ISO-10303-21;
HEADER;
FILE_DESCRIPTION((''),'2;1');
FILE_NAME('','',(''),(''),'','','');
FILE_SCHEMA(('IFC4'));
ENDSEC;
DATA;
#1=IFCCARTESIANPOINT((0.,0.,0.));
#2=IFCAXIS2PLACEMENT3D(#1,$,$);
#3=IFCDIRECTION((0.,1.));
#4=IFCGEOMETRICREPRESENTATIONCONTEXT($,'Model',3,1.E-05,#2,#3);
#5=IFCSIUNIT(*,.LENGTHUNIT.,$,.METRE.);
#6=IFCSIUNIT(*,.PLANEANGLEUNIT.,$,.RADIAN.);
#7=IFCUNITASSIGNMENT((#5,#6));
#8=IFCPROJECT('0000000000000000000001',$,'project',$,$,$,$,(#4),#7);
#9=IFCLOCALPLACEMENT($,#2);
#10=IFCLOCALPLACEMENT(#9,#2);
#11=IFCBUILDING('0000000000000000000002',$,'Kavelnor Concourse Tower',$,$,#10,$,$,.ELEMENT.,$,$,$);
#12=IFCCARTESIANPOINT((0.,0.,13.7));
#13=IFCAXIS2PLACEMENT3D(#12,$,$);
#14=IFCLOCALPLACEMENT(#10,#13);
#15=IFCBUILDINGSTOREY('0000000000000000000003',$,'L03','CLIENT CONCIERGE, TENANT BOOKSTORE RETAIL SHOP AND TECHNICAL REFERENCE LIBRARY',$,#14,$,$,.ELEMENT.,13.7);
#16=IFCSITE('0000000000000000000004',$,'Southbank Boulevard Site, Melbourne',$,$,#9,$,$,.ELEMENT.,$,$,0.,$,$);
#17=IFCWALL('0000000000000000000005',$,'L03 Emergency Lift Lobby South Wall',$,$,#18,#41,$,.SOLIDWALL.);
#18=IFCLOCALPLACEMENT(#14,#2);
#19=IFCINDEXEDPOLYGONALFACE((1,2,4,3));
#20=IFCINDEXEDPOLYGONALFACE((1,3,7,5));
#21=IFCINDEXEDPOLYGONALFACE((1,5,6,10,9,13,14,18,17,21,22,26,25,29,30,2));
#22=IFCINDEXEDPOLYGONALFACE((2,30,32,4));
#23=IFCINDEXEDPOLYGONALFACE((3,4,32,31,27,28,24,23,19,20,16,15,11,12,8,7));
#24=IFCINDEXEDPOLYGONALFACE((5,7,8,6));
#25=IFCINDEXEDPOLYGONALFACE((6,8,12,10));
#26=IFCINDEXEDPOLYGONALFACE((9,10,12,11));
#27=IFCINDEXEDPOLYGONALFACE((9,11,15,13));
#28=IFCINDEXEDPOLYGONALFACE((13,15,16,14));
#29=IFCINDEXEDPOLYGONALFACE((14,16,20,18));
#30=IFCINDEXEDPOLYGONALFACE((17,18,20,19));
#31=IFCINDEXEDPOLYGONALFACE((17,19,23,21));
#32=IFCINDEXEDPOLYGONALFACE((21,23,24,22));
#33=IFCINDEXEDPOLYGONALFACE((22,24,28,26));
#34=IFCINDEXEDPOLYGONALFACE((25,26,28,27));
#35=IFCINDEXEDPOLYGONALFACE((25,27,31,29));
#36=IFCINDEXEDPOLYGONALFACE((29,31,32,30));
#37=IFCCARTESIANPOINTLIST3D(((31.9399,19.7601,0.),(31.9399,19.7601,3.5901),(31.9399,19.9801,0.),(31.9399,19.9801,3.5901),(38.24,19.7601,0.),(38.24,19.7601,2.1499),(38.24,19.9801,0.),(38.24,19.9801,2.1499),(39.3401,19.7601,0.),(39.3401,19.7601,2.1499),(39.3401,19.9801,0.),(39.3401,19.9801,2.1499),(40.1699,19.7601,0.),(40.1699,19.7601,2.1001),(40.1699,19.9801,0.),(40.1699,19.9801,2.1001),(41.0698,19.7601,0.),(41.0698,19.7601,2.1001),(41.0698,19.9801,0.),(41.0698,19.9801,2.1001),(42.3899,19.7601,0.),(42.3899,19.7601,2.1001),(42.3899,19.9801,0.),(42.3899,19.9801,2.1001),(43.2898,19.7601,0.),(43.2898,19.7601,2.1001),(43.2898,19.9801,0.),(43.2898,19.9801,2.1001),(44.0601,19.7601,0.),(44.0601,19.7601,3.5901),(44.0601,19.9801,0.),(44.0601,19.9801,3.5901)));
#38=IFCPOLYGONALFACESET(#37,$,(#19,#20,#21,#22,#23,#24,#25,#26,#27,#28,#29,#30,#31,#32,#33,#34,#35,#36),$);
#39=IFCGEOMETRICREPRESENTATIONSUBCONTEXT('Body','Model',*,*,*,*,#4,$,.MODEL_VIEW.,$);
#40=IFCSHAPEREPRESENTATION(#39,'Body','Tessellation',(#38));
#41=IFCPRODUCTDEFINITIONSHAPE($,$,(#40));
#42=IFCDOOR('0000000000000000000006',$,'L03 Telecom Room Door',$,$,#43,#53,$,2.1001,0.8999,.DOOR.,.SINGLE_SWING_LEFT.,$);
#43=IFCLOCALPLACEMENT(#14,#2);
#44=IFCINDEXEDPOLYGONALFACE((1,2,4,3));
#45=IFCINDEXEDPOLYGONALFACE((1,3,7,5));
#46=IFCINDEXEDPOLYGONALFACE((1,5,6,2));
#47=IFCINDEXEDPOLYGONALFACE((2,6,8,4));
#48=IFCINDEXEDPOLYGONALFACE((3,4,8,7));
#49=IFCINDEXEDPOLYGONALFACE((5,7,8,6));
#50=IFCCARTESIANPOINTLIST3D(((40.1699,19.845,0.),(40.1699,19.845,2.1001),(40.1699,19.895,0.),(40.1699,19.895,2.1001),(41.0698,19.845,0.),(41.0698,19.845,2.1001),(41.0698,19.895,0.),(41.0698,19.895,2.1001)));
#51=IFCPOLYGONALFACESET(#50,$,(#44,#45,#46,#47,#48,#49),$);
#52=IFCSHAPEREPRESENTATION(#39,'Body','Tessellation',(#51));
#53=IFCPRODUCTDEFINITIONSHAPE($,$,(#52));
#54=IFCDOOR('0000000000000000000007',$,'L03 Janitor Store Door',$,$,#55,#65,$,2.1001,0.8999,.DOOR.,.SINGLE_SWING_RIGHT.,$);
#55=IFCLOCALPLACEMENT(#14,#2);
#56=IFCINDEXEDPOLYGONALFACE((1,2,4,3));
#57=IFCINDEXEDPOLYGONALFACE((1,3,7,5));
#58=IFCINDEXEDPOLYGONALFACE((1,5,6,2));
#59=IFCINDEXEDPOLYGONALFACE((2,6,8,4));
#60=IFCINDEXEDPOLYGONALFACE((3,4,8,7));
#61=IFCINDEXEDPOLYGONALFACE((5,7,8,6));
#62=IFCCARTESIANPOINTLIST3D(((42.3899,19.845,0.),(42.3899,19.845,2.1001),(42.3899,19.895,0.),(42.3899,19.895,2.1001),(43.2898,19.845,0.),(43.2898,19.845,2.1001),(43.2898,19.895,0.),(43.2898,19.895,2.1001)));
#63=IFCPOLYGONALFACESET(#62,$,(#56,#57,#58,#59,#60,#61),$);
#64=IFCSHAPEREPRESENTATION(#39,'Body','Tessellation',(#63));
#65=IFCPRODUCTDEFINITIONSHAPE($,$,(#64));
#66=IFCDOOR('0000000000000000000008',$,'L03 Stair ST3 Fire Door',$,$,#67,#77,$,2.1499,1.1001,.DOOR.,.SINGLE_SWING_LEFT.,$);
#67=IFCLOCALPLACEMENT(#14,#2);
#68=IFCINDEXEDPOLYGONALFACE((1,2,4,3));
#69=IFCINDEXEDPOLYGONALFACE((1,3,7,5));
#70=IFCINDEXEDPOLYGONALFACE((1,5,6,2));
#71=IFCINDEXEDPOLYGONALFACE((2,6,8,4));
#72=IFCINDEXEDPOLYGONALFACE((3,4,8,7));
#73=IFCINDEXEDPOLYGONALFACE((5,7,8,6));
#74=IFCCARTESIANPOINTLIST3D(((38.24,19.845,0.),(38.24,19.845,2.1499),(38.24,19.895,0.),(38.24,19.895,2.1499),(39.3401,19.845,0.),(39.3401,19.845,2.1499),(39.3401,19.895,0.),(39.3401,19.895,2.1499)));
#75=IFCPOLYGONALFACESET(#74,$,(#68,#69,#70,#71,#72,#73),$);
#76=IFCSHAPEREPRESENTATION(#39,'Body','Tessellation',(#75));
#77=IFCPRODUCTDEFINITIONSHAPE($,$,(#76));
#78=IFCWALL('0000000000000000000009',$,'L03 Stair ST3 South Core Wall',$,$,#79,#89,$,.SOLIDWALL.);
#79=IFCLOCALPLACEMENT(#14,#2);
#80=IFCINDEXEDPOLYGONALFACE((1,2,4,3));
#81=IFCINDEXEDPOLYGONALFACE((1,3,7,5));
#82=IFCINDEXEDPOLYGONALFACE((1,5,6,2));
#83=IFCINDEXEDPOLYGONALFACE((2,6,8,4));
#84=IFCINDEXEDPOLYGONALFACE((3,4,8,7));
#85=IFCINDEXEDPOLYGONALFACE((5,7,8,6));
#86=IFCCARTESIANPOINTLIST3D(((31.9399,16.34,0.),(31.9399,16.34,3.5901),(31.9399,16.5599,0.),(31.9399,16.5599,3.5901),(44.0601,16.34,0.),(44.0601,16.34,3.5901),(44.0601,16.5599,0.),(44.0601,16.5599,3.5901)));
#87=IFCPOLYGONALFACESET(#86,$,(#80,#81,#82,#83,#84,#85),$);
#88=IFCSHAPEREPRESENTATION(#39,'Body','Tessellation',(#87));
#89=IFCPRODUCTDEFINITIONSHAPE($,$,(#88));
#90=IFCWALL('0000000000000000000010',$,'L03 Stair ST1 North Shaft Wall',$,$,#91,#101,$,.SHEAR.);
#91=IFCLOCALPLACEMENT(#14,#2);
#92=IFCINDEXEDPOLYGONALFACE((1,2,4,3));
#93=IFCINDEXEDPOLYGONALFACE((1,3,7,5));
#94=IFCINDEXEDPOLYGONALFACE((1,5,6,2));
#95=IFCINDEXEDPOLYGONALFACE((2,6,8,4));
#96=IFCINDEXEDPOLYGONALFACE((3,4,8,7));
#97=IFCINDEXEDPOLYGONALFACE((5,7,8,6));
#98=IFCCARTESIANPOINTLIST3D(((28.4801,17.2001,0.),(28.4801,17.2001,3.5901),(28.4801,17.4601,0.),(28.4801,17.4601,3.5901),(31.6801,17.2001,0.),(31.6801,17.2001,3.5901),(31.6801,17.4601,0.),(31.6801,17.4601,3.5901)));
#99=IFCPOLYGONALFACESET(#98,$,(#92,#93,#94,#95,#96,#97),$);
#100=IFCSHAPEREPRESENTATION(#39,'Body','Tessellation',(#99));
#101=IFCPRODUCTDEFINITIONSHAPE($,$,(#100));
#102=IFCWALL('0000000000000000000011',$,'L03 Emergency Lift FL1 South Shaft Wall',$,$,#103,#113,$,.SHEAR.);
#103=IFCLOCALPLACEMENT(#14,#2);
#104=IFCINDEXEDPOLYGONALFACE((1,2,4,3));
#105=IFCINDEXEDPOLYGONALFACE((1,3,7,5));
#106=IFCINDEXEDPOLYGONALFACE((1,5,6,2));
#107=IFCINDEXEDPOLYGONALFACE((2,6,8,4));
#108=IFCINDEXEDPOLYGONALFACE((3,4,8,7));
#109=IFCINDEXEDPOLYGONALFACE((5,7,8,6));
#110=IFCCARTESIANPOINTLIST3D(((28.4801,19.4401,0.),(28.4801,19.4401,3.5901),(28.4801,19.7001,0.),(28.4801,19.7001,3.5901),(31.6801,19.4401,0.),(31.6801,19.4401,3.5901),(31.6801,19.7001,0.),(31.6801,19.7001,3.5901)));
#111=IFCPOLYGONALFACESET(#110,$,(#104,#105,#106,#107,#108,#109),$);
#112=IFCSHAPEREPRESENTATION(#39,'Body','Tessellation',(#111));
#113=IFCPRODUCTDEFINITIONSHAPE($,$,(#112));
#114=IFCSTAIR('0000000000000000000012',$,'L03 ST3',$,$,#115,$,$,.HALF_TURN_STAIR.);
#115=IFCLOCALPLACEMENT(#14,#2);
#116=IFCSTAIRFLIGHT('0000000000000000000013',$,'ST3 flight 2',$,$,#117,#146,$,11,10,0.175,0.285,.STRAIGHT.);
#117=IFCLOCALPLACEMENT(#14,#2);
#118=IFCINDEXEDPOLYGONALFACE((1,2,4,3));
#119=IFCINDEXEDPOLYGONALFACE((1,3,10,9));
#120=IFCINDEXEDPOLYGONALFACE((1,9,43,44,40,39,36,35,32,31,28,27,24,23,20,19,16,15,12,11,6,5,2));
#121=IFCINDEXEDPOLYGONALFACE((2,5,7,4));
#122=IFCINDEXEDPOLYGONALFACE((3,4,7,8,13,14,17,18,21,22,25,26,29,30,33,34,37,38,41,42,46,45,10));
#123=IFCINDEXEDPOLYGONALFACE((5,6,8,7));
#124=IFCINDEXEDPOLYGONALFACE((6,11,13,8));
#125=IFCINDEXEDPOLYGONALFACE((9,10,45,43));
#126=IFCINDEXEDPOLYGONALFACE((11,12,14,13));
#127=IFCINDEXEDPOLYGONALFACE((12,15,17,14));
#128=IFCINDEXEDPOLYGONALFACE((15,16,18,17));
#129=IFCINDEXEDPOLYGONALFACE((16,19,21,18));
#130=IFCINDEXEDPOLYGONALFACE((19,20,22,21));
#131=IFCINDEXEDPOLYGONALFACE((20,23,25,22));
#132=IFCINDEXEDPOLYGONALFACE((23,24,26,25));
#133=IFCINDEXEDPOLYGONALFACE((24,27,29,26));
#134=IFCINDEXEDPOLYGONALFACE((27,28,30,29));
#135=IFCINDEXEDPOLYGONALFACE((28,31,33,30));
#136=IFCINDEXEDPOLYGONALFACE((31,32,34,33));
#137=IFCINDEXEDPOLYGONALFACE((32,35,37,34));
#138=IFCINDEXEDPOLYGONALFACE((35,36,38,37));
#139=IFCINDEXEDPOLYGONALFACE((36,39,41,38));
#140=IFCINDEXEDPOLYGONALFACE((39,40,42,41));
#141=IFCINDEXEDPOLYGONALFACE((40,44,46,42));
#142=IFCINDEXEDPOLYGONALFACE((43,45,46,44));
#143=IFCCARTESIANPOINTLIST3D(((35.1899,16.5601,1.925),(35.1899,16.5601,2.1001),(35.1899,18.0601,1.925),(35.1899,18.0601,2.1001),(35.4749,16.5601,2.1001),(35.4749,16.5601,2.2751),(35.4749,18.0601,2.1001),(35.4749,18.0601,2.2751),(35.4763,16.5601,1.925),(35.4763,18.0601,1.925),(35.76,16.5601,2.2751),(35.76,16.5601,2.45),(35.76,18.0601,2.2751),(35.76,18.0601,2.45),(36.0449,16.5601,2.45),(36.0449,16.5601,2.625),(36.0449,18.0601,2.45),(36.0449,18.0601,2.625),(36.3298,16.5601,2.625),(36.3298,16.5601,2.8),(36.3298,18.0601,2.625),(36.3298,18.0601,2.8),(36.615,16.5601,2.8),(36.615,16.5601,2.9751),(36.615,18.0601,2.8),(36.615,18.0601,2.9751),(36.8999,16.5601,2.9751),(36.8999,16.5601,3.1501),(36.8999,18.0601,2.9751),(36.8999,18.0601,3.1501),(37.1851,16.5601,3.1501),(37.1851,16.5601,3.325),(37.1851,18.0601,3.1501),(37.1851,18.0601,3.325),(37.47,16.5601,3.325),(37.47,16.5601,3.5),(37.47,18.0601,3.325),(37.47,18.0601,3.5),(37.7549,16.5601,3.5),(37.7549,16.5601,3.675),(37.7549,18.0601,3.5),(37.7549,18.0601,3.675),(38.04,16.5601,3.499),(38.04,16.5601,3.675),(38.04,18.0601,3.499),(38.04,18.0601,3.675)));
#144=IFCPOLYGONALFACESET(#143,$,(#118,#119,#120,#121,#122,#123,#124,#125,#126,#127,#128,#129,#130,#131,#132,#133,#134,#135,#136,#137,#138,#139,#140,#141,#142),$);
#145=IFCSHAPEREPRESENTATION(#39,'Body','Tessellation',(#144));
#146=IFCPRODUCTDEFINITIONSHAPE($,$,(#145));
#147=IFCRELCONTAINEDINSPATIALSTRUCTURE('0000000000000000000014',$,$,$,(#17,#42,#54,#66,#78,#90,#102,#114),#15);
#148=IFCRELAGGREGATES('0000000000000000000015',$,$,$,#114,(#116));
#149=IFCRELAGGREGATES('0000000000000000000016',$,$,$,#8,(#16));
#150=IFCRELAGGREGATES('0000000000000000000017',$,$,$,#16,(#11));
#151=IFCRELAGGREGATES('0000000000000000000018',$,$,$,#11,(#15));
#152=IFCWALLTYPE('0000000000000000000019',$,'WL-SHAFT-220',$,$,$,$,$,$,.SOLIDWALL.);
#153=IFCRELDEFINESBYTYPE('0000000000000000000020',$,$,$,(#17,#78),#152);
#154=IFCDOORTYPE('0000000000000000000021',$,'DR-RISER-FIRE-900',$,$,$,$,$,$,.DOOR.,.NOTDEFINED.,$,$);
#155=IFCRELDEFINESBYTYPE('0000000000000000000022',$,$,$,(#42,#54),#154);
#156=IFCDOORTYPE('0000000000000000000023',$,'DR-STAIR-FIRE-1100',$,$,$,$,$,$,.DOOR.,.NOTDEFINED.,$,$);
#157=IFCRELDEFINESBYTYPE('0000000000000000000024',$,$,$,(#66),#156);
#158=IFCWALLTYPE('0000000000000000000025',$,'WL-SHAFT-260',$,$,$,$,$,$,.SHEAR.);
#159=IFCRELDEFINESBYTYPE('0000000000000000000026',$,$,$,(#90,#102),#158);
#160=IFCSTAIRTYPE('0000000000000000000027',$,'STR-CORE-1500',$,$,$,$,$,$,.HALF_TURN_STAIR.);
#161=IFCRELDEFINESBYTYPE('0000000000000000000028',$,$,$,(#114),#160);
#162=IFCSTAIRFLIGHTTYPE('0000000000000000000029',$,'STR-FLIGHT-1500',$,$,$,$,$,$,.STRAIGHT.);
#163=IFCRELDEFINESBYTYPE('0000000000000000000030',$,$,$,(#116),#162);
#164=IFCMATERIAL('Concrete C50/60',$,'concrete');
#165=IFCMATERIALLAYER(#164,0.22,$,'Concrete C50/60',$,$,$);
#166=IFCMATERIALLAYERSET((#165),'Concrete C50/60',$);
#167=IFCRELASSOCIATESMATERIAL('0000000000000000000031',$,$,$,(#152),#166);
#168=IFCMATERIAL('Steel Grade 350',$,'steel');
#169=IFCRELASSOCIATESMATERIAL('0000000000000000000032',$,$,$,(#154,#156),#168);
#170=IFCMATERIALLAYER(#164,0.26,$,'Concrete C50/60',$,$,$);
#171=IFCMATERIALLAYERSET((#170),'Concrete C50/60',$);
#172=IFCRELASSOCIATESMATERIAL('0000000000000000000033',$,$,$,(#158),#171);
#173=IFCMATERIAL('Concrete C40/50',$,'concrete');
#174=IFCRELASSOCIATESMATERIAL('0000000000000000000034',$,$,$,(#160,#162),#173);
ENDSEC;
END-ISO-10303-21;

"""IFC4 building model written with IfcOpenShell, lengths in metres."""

from ifc_helpers import new_model, si_unit, direction, frame, frame_2d, origin, place, context, subcontext, project, spatial, polyline, rectangle, outline, extrude, material, layer, layer_set, type_object, element, fill, aggregate, save


model = new_model("IFC4")

# Units and contexts
model_context = context("Model", 3, precision=1e-05, world=origin(), true_north=direction((0.0, 1.0)))
body_context = subcontext(model_context, "Body", "Model", "MODEL_VIEW")
ifc_project = project(units=[si_unit("LENGTHUNIT", "METRE"), si_unit("PLANEANGLEUNIT", "RADIAN")], contexts=[model_context])

# Site, building, storey
site_placement = place(None, origin())
site = spatial("IfcSite", under=ifc_project, at=site_placement, Name="Southbank Boulevard Site, Melbourne", CompositionType="ELEMENT", RefElevation=0.0)
building_placement = place(site_placement, origin())
building = spatial("IfcBuilding", under=site, at=building_placement, Name="Kavelnor Concourse Tower", CompositionType="ELEMENT")
storey_placement = place(building_placement, frame((0.0, 0.0, 13.7)))
storey = spatial("IfcBuildingStorey", under=building, at=storey_placement, Name="L03", Description="CLIENT CONCIERGE, TENANT BOOKSTORE RETAIL SHOP AND TECHNICAL REFERENCE LIBRARY", CompositionType="ELEMENT", Elevation=13.7)

# Shared definitions
ifc_material_1 = material(Name="Steel Grade 350", Category="steel")

# Wall, openings, doors
ifc_material_2 = material(Name="Concrete C50/60", Category="concrete")
ifc_layer_1 = layer(ifc_material_2, 0.22, Name="Concrete C50/60")
ifc_layer_set_1 = layer_set([ifc_layer_1], Name="Concrete C50/60")
wall_type_1 = type_object("IfcWallType", Name="WL-SHAFT-220", PredefinedType="SOLIDWALL", material=ifc_layer_set_1)
wall_1_placement = place(storey_placement, frame((31.9399, 19.8701, 0.0), z_axis=(0.0, 0.0, 1.0), x_axis=(1.0, 0.0, 0.0)))
wall_1 = element("IfcWall", 1, at=wall_1_placement, inside=storey, type_object=wall_type_1, Name="L03 Emergency Lift Lobby South Wall", PredefinedType="SOLIDWALL", context=body_context, shape_type="SweptSolid", body=[
    extrude(rectangle(XDim=12.1201, YDim=0.22, at=frame_2d((6.0601, 0.0))), origin(), (0.0, 0.0, 1.0), 3.5901),
])
opening_1_placement = place(wall_1_placement, frame((6.3, 0.0, 0.0)))
opening_1 = element("IfcOpeningElement", 2, at=opening_1_placement, cuts=wall_1, PredefinedType="OPENING", context=body_context, shape_type="SweptSolid", body=[
    extrude(rectangle(XDim=1.1001, YDim=2.1499, at=frame_2d((0.55, 1.075))), frame((0.0, 0.1201, 0.0), z_axis=(0.0, -1.0, 0.0), x_axis=(1.0, 0.0, 0.0)), (0.0, 0.0, 1.0), 0.24),
])
opening_2_placement = place(wall_1_placement, frame((8.23, 0.0, 0.0)))
opening_2 = element("IfcOpeningElement", 3, at=opening_2_placement, cuts=wall_1, PredefinedType="OPENING", context=body_context, shape_type="SweptSolid", body=[
    extrude(rectangle(XDim=0.8999, YDim=2.1001, at=frame_2d((0.45, 1.05))), frame((0.0, 0.1201, 0.0), z_axis=(0.0, -1.0, 0.0), x_axis=(1.0, 0.0, 0.0)), (0.0, 0.0, 1.0), 0.24),
])
opening_3_placement = place(wall_1_placement, frame((10.45, 0.0, 0.0)))
opening_3 = element("IfcOpeningElement", 4, at=opening_3_placement, cuts=wall_1, PredefinedType="OPENING", context=body_context, shape_type="SweptSolid", body=[
    extrude(rectangle(XDim=0.8999, YDim=2.1001, at=frame_2d((0.45, 1.05))), frame((0.0, 0.1201, 0.0), z_axis=(0.0, -1.0, 0.0), x_axis=(1.0, 0.0, 0.0)), (0.0, 0.0, 1.0), 0.24),
])
door_type_1 = type_object("IfcDoorType", Name="DR-RISER-FIRE-900", OperationType="NOTDEFINED", PredefinedType="DOOR", material=ifc_material_1)
door_1_placement = place(opening_2_placement, origin())
door_1 = element("IfcDoor", 5, at=door_1_placement, inside=storey, type_object=door_type_1, Name="L03 Telecom Room Door", OperationType="SINGLE_SWING_LEFT", OverallHeight=2.1001, OverallWidth=0.8999, PredefinedType="DOOR", context=body_context, shape_type="SweptSolid", body=[
    extrude(rectangle(XDim=0.8999, YDim=2.1001, at=frame_2d((0.45, 1.05))), frame((0.0, 0.0249, 0.0), z_axis=(0.0, -1.0, 0.0), x_axis=(1.0, 0.0, 0.0)), (0.0, 0.0, 1.0), 0.05),
])
fill(opening_2, door_1)
door_2_placement = place(opening_3_placement, origin())
door_2 = element("IfcDoor", 6, at=door_2_placement, inside=storey, type_object=door_type_1, Name="L03 Janitor Store Door", OperationType="SINGLE_SWING_RIGHT", OverallHeight=2.1001, OverallWidth=0.8999, PredefinedType="DOOR", context=body_context, shape_type="SweptSolid", body=[
    extrude(rectangle(XDim=0.8999, YDim=2.1001, at=frame_2d((0.45, 1.05))), frame((0.0, 0.0249, 0.0), z_axis=(0.0, -1.0, 0.0), x_axis=(1.0, 0.0, 0.0)), (0.0, 0.0, 1.0), 0.05),
])
fill(opening_3, door_2)
door_type_2 = type_object("IfcDoorType", Name="DR-STAIR-FIRE-1100", OperationType="NOTDEFINED", PredefinedType="DOOR", material=ifc_material_1)
door_3_placement = place(opening_1_placement, origin())
door_3 = element("IfcDoor", 7, at=door_3_placement, inside=storey, type_object=door_type_2, Name="L03 Stair ST3 Fire Door", OperationType="SINGLE_SWING_LEFT", OverallHeight=2.1499, OverallWidth=1.1001, PredefinedType="DOOR", context=body_context, shape_type="SweptSolid", body=[
    extrude(rectangle(XDim=1.1001, YDim=2.1499, at=frame_2d((0.55, 1.075))), frame((0.0, 0.0249, 0.0), z_axis=(0.0, -1.0, 0.0), x_axis=(1.0, 0.0, 0.0)), (0.0, 0.0, 1.0), 0.05),
])
fill(opening_1, door_3)

# Walls
wall_2_placement = place(storey_placement, frame((31.9399, 16.45, 0.0), z_axis=(0.0, 0.0, 1.0), x_axis=(1.0, 0.0, 0.0)))
element("IfcWall", 8, at=wall_2_placement, inside=storey, type_object=wall_type_1, Name="L03 Stair ST3 South Core Wall", PredefinedType="SOLIDWALL", context=body_context, shape_type="SweptSolid", body=[
    extrude(rectangle(XDim=12.1201, YDim=0.22, at=frame_2d((6.0601, 0.0))), origin(), (0.0, 0.0, 1.0), 3.5901),
])
ifc_layer_2 = layer(ifc_material_2, 0.26, Name="Concrete C50/60")
ifc_layer_set_2 = layer_set([ifc_layer_2], Name="Concrete C50/60")
wall_type_2 = type_object("IfcWallType", Name="WL-SHAFT-260", PredefinedType="SHEAR", material=ifc_layer_set_2)
for number, where, z_axis, x_axis, name in (
    (9, (28.48, 17.3301, 0.0), (0.0, 0.0, 1.0), (1.0, 0.0, 0.0), "L03 Stair ST1 North Shaft Wall"),
    (10, (28.48, 19.5701, 0.0), (0.0, 0.0, 1.0), (1.0, 0.0, 0.0), "L03 Emergency Lift FL1 South Shaft Wall"),
):
    element("IfcWall", number, at=place(storey_placement, frame(where, z_axis=z_axis, x_axis=x_axis)), inside=storey, type_object=wall_type_2, Name=name, PredefinedType="SHEAR", context=body_context, shape_type="SweptSolid", body=[
        extrude(rectangle(XDim=3.2, YDim=0.26, at=frame_2d((1.6001, 0.0))), origin(), (0.0, 0.0, 1.0), 3.5901),
    ])

# Stair, stair flight
ifc_material_3 = material(Name="Concrete C40/50", Category="concrete")
stair_type = type_object("IfcStairType", Name="STR-CORE-1500", PredefinedType="HALF_TURN_STAIR", material=ifc_material_3)
stair_placement = place(storey_placement, origin())
stair = element("IfcStair", 11, at=stair_placement, inside=storey, type_object=stair_type, Name="L03 ST3", PredefinedType="HALF_TURN_STAIR")
stair_flight_type = type_object("IfcStairFlightType", Name="STR-FLIGHT-1500", PredefinedType="STRAIGHT", material=ifc_material_3)
stair_flight_placement = place(storey_placement, frame((35.1899, 17.3101, 1.925), z_axis=(0.0, 0.0, 1.0), x_axis=(1.0, 0.0, 0.0)))
stair_flight = element("IfcStairFlight", 12, at=stair_flight_placement, type_object=stair_flight_type, Name="ST3 flight 2", NumberOfRisers=11, NumberOfTreads=10, PredefinedType="STRAIGHT", RiserHeight=0.175, TreadLength=0.285, context=body_context, shape_type="SweptSolid", body=[
    extrude(outline(polyline([(0.0, 0.0), (0.0, 0.175), (0.2849, 0.175), (0.2849, 0.3501), (0.5701, 0.3501), (0.5701, 0.5249), (0.855, 0.5249), (0.855, 0.7), (1.1399, 0.7), (1.1399, 0.875), (1.425, 0.875), (1.425, 1.05), (1.71, 1.05), (1.71, 1.2251), (1.9951, 1.2251), (1.9951, 1.3999), (2.28, 1.3999), (2.28, 1.575), (2.5649, 1.575), (2.5649, 1.75), (2.8501, 1.75), (2.8501, 1.925), (2.8501, 1.574), (0.2864, 0.0), (0.0, 0.0)])), frame((0.0, 0.75, 0.0), z_axis=(0.0, -1.0, 0.0), x_axis=(1.0, 0.0, 0.0)), (0.0, 0.0, 1.0), 1.5),
])
aggregate(stair, [stair_flight])

save(model, "model.ifc")
